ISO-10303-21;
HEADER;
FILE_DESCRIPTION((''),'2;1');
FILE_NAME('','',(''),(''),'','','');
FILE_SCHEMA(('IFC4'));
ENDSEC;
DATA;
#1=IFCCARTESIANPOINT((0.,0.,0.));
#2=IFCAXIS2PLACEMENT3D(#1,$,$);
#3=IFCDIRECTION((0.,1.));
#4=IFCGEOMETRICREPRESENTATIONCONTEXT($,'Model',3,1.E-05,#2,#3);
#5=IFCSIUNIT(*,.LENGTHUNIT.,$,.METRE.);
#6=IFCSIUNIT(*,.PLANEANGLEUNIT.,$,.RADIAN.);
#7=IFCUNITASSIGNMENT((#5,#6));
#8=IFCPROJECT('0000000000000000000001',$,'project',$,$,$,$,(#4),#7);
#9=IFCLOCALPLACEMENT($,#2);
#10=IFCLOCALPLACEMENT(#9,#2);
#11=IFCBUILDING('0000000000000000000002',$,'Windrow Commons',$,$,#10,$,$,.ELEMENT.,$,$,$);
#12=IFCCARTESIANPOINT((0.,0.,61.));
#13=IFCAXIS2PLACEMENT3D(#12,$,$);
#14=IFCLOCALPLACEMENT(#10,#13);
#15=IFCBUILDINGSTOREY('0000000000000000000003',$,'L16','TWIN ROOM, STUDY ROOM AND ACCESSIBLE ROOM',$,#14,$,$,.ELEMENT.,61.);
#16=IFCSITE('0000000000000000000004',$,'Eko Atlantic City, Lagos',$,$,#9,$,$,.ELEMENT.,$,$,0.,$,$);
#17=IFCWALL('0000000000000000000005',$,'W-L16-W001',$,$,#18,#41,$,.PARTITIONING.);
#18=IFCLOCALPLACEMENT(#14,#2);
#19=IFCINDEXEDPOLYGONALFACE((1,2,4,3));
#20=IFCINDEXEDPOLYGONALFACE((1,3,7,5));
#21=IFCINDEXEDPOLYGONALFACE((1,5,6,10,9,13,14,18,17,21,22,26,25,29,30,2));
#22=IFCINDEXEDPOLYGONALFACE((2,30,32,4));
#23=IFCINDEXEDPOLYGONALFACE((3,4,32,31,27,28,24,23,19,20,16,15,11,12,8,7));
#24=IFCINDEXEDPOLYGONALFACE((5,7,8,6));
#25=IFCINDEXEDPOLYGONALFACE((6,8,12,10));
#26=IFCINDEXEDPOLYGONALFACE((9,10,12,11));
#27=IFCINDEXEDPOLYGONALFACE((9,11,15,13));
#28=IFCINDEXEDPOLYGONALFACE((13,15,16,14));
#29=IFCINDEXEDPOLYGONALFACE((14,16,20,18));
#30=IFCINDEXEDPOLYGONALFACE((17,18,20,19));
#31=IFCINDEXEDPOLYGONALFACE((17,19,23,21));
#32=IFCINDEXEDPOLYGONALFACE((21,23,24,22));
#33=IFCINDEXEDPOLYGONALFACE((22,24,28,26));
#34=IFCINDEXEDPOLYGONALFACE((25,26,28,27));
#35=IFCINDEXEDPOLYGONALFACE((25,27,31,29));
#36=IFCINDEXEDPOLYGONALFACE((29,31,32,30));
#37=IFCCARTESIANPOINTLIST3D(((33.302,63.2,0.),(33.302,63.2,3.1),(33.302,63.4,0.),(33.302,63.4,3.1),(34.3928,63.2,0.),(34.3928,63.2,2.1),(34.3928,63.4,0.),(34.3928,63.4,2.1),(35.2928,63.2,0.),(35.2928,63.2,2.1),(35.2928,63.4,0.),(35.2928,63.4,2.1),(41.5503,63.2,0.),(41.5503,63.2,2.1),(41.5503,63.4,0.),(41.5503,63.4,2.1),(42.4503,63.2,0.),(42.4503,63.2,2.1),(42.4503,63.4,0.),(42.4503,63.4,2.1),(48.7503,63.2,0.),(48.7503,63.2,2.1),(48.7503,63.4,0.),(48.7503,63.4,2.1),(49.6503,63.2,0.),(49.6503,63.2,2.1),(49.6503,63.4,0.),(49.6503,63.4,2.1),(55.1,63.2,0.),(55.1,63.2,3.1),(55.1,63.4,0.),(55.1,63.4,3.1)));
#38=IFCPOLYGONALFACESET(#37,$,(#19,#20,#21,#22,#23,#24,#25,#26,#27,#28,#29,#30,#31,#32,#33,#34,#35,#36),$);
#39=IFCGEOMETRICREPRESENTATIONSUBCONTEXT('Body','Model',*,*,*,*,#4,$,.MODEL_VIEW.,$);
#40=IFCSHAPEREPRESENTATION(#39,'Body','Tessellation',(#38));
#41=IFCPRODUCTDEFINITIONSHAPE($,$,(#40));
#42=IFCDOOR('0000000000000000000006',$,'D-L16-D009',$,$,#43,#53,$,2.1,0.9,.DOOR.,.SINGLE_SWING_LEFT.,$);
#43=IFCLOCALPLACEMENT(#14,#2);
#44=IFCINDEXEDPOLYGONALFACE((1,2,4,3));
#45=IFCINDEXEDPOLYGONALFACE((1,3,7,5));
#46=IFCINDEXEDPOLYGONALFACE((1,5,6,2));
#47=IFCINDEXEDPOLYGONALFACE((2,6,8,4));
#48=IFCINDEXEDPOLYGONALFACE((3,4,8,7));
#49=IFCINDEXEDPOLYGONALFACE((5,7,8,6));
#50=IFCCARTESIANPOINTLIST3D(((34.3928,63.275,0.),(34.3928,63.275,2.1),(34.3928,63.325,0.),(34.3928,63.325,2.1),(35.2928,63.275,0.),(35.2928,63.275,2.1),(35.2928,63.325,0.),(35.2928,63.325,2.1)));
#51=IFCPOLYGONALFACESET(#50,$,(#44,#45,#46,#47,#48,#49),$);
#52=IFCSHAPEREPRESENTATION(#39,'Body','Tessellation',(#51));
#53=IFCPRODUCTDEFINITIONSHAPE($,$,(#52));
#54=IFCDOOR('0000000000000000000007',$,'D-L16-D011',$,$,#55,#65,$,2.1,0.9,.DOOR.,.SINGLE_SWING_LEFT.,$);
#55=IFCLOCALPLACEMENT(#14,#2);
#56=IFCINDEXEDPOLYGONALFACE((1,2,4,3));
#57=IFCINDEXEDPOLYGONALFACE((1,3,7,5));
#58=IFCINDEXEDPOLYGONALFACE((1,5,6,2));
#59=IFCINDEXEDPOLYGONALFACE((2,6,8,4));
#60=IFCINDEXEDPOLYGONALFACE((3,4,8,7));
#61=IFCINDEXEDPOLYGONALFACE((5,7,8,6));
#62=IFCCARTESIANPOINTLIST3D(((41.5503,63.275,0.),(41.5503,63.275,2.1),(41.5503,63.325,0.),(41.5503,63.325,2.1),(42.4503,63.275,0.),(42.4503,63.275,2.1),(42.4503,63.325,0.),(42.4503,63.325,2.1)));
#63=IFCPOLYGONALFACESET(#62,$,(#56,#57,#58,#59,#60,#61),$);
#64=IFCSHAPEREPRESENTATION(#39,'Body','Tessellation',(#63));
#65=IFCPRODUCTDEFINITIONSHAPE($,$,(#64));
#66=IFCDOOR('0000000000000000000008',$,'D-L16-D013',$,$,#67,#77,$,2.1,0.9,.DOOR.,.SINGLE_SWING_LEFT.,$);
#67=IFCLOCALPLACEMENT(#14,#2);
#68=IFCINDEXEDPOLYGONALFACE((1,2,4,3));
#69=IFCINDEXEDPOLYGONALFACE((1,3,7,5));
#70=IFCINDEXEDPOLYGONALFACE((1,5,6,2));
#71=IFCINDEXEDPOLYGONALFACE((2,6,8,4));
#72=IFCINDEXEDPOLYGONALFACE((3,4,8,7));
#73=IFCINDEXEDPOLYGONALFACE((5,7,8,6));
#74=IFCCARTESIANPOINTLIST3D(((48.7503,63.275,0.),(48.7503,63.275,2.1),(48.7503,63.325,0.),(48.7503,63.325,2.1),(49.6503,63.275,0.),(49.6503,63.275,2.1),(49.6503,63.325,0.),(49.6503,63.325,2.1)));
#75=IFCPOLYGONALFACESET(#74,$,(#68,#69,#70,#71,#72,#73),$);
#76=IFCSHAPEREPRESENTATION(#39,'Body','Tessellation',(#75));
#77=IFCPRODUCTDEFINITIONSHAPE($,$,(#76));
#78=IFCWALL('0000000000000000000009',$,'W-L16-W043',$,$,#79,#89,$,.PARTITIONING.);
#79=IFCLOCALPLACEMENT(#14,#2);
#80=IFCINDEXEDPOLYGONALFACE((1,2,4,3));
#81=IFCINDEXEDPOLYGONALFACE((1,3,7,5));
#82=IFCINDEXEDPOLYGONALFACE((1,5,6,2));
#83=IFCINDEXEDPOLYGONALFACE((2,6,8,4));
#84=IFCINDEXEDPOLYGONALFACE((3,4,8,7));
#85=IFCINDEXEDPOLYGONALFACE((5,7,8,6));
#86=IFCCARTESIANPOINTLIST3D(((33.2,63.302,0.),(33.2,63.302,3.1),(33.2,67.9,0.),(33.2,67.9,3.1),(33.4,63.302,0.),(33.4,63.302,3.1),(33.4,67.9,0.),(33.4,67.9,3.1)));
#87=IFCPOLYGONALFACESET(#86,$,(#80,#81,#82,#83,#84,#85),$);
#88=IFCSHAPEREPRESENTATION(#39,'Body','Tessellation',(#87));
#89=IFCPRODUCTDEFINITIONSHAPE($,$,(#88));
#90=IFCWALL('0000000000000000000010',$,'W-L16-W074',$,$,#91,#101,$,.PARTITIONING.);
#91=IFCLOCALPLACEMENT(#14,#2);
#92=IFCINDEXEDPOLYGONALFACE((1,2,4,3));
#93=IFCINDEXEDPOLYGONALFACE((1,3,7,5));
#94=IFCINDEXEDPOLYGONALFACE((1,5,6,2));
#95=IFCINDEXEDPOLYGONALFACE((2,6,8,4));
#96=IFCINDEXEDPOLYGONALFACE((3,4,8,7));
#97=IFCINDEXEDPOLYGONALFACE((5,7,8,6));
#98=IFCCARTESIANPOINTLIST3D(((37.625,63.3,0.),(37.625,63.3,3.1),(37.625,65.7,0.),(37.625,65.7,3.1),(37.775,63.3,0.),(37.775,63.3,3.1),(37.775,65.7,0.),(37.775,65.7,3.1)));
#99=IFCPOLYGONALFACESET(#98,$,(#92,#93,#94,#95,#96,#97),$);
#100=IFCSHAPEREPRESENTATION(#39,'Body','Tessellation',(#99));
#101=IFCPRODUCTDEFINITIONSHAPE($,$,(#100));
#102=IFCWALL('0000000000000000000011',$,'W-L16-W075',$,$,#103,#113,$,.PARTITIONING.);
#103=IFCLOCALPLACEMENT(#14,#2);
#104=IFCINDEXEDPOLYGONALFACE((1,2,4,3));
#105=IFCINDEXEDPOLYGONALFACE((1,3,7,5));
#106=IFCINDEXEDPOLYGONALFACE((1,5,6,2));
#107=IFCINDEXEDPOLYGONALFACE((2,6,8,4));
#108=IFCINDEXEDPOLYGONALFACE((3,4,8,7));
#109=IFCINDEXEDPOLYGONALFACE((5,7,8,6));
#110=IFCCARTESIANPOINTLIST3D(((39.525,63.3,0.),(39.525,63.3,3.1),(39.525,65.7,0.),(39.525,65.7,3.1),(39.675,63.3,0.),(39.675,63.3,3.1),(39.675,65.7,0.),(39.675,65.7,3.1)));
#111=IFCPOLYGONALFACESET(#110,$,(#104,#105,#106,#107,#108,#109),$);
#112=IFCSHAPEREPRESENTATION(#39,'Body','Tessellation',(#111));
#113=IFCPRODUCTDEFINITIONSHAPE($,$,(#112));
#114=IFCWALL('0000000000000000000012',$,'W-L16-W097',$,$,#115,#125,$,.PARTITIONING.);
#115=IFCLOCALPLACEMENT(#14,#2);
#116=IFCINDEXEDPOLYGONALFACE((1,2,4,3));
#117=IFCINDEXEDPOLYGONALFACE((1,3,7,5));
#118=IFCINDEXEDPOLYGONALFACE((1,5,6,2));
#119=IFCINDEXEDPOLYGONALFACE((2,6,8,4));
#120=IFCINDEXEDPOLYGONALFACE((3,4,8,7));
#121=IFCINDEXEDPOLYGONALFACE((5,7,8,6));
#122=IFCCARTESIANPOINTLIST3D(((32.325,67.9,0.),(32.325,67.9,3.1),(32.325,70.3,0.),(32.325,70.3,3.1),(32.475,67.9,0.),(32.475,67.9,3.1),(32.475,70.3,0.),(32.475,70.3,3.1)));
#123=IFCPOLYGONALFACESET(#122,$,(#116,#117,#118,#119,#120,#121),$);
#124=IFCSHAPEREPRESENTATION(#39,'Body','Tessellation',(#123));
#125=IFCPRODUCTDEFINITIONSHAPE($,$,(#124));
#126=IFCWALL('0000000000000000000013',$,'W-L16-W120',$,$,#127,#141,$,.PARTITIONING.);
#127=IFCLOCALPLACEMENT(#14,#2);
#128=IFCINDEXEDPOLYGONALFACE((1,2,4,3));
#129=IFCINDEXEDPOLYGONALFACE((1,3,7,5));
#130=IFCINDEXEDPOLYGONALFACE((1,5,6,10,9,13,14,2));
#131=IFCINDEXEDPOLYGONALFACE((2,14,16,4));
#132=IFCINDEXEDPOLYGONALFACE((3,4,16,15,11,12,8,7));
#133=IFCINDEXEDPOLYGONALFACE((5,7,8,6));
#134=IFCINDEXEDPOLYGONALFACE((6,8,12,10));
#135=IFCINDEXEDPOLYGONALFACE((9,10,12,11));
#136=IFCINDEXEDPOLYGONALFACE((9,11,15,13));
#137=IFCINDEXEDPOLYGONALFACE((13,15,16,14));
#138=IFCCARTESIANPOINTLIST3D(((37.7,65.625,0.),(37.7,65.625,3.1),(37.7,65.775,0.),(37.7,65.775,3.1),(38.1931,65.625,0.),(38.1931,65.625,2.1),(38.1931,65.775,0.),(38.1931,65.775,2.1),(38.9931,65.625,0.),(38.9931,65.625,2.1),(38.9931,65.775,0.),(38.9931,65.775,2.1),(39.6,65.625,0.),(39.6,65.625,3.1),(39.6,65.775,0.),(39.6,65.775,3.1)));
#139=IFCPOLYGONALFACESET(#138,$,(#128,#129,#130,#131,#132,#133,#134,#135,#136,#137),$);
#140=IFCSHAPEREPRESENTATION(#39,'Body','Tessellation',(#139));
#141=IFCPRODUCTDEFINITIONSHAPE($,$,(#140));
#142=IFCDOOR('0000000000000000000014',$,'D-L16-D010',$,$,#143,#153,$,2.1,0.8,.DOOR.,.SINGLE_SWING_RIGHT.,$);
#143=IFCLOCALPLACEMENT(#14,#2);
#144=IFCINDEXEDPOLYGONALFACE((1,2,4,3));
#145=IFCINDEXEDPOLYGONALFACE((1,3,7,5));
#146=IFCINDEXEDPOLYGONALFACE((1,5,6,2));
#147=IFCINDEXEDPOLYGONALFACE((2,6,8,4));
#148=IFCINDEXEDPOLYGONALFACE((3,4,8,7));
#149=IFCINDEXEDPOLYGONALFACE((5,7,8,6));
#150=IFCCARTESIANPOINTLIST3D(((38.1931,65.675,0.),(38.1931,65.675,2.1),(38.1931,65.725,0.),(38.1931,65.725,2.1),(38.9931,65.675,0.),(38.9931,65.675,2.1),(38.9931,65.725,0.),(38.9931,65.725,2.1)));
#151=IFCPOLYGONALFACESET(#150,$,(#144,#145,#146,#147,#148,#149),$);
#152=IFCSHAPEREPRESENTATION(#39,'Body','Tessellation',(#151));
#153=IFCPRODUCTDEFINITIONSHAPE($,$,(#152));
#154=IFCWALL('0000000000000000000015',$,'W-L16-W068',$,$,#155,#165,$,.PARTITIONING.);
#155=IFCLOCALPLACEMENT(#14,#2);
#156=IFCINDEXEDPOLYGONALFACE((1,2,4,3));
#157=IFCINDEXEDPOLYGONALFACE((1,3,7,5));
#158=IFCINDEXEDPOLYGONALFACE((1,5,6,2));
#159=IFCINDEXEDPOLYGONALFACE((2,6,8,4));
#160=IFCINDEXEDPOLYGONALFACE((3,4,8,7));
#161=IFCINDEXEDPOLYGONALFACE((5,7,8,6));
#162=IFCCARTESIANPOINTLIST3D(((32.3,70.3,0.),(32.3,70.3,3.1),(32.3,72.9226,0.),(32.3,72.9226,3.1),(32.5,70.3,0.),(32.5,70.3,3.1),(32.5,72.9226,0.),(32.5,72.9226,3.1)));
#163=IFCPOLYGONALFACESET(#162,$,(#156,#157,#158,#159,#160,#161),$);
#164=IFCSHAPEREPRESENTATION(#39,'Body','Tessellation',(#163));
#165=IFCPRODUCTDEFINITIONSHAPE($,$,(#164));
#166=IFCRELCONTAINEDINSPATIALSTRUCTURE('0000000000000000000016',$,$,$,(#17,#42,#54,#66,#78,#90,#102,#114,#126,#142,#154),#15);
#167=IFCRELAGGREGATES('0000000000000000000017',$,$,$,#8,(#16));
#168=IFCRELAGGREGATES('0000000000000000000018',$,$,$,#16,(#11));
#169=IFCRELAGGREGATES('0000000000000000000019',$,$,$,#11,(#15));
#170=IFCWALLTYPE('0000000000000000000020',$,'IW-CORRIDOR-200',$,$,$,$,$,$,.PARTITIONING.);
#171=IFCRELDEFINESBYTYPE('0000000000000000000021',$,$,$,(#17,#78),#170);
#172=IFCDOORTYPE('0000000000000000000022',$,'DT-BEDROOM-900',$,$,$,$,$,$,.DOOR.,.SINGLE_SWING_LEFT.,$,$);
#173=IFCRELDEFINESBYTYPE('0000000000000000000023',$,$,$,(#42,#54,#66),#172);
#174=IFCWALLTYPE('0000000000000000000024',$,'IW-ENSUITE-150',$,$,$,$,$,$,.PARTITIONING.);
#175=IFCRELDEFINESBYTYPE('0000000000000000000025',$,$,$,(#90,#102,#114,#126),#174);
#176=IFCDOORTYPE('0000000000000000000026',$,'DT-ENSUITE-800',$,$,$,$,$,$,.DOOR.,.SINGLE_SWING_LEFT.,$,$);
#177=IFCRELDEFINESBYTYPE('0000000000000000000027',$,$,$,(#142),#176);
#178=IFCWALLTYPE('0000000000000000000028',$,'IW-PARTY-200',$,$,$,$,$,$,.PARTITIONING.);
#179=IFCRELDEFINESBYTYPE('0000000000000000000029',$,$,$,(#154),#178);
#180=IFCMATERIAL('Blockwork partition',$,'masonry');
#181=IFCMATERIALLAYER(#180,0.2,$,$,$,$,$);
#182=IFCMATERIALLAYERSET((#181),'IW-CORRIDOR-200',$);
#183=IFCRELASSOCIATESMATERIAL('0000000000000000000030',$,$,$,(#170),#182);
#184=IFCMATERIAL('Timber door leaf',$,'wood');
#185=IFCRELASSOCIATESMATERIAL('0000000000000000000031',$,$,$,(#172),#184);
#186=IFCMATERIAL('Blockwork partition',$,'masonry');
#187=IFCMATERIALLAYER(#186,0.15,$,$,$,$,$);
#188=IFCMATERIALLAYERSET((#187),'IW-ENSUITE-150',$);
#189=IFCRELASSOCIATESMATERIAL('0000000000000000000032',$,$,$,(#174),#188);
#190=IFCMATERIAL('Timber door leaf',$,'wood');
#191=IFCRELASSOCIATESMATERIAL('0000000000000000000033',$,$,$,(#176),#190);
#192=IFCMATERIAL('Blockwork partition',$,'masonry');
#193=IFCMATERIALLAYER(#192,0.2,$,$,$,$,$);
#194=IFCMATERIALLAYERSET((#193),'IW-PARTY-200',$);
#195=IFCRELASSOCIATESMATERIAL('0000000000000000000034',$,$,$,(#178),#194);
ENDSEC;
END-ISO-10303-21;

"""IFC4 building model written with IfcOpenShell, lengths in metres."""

from ifc_helpers import new_model, si_unit, direction, frame, frame_2d, origin, place, context, subcontext, project, spatial, rectangle, extrude, material, layer, layer_set, type_object, element, fill, save


model = new_model("IFC4")

# Units and contexts
model_context = context("Model", 3, precision=1e-05, world=origin(), true_north=direction((0.0, 1.0)))
body_context = subcontext(model_context, "Body", "Model", "MODEL_VIEW")
ifc_project = project(units=[si_unit("LENGTHUNIT", "METRE"), si_unit("PLANEANGLEUNIT", "RADIAN")], contexts=[model_context])

# Site, building, storey
site_placement = place(None, origin())
site = spatial("IfcSite", under=ifc_project, at=site_placement, Name="Eko Atlantic City, Lagos", CompositionType="ELEMENT", RefElevation=0.0)
building_placement = place(site_placement, origin())
building = spatial("IfcBuilding", under=site, at=building_placement, Name="Windrow Commons", CompositionType="ELEMENT")
storey_placement = place(building_placement, frame((0.0, 0.0, 61.0)))
storey = spatial("IfcBuildingStorey", under=building, at=storey_placement, Name="L16", Description="TWIN ROOM, STUDY ROOM AND ACCESSIBLE ROOM", CompositionType="ELEMENT", Elevation=61.0)

# Wall, openings, doors
ifc_material_1 = material(Name="Blockwork partition", Category="masonry")
ifc_layer_1 = layer(ifc_material_1, 0.2)
ifc_layer_set_1 = layer_set([ifc_layer_1], Name="IW-CORRIDOR-200")
wall_type_1 = type_object("IfcWallType", Name="IW-CORRIDOR-200", PredefinedType="PARTITIONING", material=ifc_layer_set_1)
wall_1_placement = place(storey_placement, frame((33.302, 63.3, 0.0), z_axis=(0.0, 0.0, 1.0), x_axis=(1.0, 0.0, 0.0)))
wall_1 = element("IfcWall", 1, at=wall_1_placement, inside=storey, type_object=wall_type_1, Name="W-L16-W001", PredefinedType="PARTITIONING", context=body_context, shape_type="SweptSolid", body=[
    extrude(rectangle(XDim=21.798, YDim=0.2, at=frame_2d((10.899, 0.0))), origin(), (0.0, 0.0, 1.0), 3.1),
])
opening_1_placement = place(wall_1_placement, frame((1.0908, 0.0, 0.0)))
opening_1 = element("IfcOpeningElement", 2, at=opening_1_placement, cuts=wall_1, PredefinedType="OPENING", context=body_context, shape_type="SweptSolid", body=[
    extrude(rectangle(XDim=0.9, YDim=2.1, at=frame_2d((0.45, 1.05))), frame((0.0, 0.11, 0.0), z_axis=(0.0, -1.0, 0.0), x_axis=(1.0, 0.0, 0.0)), (0.0, 0.0, 1.0), 0.22),
])
opening_2_placement = place(wall_1_placement, frame((8.2483, 0.0, 0.0)))
opening_2 = element("IfcOpeningElement", 3, at=opening_2_placement, cuts=wall_1, PredefinedType="OPENING", context=body_context, shape_type="SweptSolid", body=[
    extrude(rectangle(XDim=0.9, YDim=2.1, at=frame_2d((0.45, 1.05))), frame((0.0, 0.11, 0.0), z_axis=(0.0, -1.0, 0.0), x_axis=(1.0, 0.0, 0.0)), (0.0, 0.0, 1.0), 0.22),
])
opening_3_placement = place(wall_1_placement, frame((15.4483, 0.0, 0.0)))
opening_3 = element("IfcOpeningElement", 4, at=opening_3_placement, cuts=wall_1, PredefinedType="OPENING", context=body_context, shape_type="SweptSolid", body=[
    extrude(rectangle(XDim=0.9, YDim=2.1, at=frame_2d((0.45, 1.05))), frame((0.0, 0.11, 0.0), z_axis=(0.0, -1.0, 0.0), x_axis=(1.0, 0.0, 0.0)), (0.0, 0.0, 1.0), 0.22),
])
ifc_material_2 = material(Name="Timber door leaf", Category="wood")
door_type_1 = type_object("IfcDoorType", Name="DT-BEDROOM-900", OperationType="SINGLE_SWING_LEFT", PredefinedType="DOOR", material=ifc_material_2)
door_1_placement = place(opening_1_placement, origin())
door_1 = element("IfcDoor", 5, at=door_1_placement, inside=storey, type_object=door_type_1, Name="D-L16-D009", OperationType="SINGLE_SWING_LEFT", OverallHeight=2.1, OverallWidth=0.9, PredefinedType="DOOR", context=body_context, shape_type="SweptSolid", body=[
    extrude(rectangle(XDim=0.9, YDim=2.1, at=frame_2d((0.45, 1.05))), frame((0.0, 0.025, 0.0), z_axis=(0.0, -1.0, 0.0), x_axis=(1.0, 0.0, 0.0)), (0.0, 0.0, 1.0), 0.05),
])
fill(opening_1, door_1)
door_2_placement = place(opening_2_placement, origin())
door_2 = element("IfcDoor", 6, at=door_2_placement, inside=storey, type_object=door_type_1, Name="D-L16-D011", OperationType="SINGLE_SWING_LEFT", OverallHeight=2.1, OverallWidth=0.9, PredefinedType="DOOR", context=body_context, shape_type="SweptSolid", body=[
    extrude(rectangle(XDim=0.9, YDim=2.1, at=frame_2d((0.45, 1.05))), frame((0.0, 0.025, 0.0), z_axis=(0.0, -1.0, 0.0), x_axis=(1.0, 0.0, 0.0)), (0.0, 0.0, 1.0), 0.05),
])
fill(opening_2, door_2)
door_3_placement = place(opening_3_placement, origin())
door_3 = element("IfcDoor", 7, at=door_3_placement, inside=storey, type_object=door_type_1, Name="D-L16-D013", OperationType="SINGLE_SWING_LEFT", OverallHeight=2.1, OverallWidth=0.9, PredefinedType="DOOR", context=body_context, shape_type="SweptSolid", body=[
    extrude(rectangle(XDim=0.9, YDim=2.1, at=frame_2d((0.45, 1.05))), frame((0.0, 0.025, 0.0), z_axis=(0.0, -1.0, 0.0), x_axis=(1.0, 0.0, 0.0)), (0.0, 0.0, 1.0), 0.05),
])
fill(opening_3, door_3)

# Walls
wall_2_placement = place(storey_placement, frame((33.3, 63.302, 0.0), z_axis=(0.0, 0.0, 1.0), x_axis=(0.0, 1.0, 0.0)))
element("IfcWall", 8, at=wall_2_placement, inside=storey, type_object=wall_type_1, Name="W-L16-W043", PredefinedType="PARTITIONING", context=body_context, shape_type="SweptSolid", body=[
    extrude(rectangle(XDim=4.598, YDim=0.2, at=frame_2d((2.299, 0.0))), origin(), (0.0, 0.0, 1.0), 3.1),
])
ifc_material_3 = material(Name="Blockwork partition", Category="masonry")
ifc_layer_2 = layer(ifc_material_3, 0.15)
ifc_layer_set_2 = layer_set([ifc_layer_2], Name="IW-ENSUITE-150")
wall_type_2 = type_object("IfcWallType", Name="IW-ENSUITE-150", PredefinedType="PARTITIONING", material=ifc_layer_set_2)
for number, where, z_axis, x_axis, name in (
    (9, (37.7, 63.3, 0.0), (0.0, 0.0, 1.0), (0.0, 1.0, 0.0), "W-L16-W074"),
    (10, (39.6, 63.3, 0.0), (0.0, 0.0, 1.0), (0.0, 1.0, 0.0), "W-L16-W075"),
    (11, (32.4, 67.9, 0.0), (0.0, 0.0, 1.0), (0.0, 1.0, 0.0), "W-L16-W097"),
):
    element("IfcWall", number, at=place(storey_placement, frame(where, z_axis=z_axis, x_axis=x_axis)), inside=storey, type_object=wall_type_2, Name=name, PredefinedType="PARTITIONING", context=body_context, shape_type="SweptSolid", body=[
        extrude(rectangle(XDim=2.4, YDim=0.15, at=frame_2d((1.2, 0.0))), origin(), (0.0, 0.0, 1.0), 3.1),
    ])

# Wall, opening, door
wall_3_placement = place(storey_placement, frame((37.7, 65.7, 0.0), z_axis=(0.0, 0.0, 1.0), x_axis=(1.0, 0.0, 0.0)))
wall_3 = element("IfcWall", 12, at=wall_3_placement, inside=storey, type_object=wall_type_2, Name="W-L16-W120", PredefinedType="PARTITIONING", context=body_context, shape_type="SweptSolid", body=[
    extrude(rectangle(XDim=1.9, YDim=0.15, at=frame_2d((0.95, 0.0))), origin(), (0.0, 0.0, 1.0), 3.1),
])
opening_4_placement = place(wall_3_placement, frame((0.4931, 0.0, 0.0)))
opening_4 = element("IfcOpeningElement", 13, at=opening_4_placement, cuts=wall_3, PredefinedType="OPENING", context=body_context, shape_type="SweptSolid", body=[
    extrude(rectangle(XDim=0.8, YDim=2.1, at=frame_2d((0.4, 1.05))), frame((0.0, 0.085, 0.0), z_axis=(0.0, -1.0, 0.0), x_axis=(1.0, 0.0, 0.0)), (0.0, 0.0, 1.0), 0.17),
])
ifc_material_4 = material(Name="Timber door leaf", Category="wood")
door_type_2 = type_object("IfcDoorType", Name="DT-ENSUITE-800", OperationType="SINGLE_SWING_LEFT", PredefinedType="DOOR", material=ifc_material_4)
door_4_placement = place(opening_4_placement, origin())
door_4 = element("IfcDoor", 14, at=door_4_placement, inside=storey, type_object=door_type_2, Name="D-L16-D010", OperationType="SINGLE_SWING_RIGHT", OverallHeight=2.1, OverallWidth=0.8, PredefinedType="DOOR", context=body_context, shape_type="SweptSolid", body=[
    extrude(rectangle(XDim=0.8, YDim=2.1, at=frame_2d((0.4, 1.05))), frame((0.0, 0.025, 0.0), z_axis=(0.0, -1.0, 0.0), x_axis=(1.0, 0.0, 0.0)), (0.0, 0.0, 1.0), 0.05),
])
fill(opening_4, door_4)

# Wall
ifc_material_5 = material(Name="Blockwork partition", Category="masonry")
ifc_layer_3 = layer(ifc_material_5, 0.2)
ifc_layer_set_3 = layer_set([ifc_layer_3], Name="IW-PARTY-200")
wall_type_3 = type_object("IfcWallType", Name="IW-PARTY-200", PredefinedType="PARTITIONING", material=ifc_layer_set_3)
wall_4_placement = place(storey_placement, frame((32.4, 70.3, 0.0), z_axis=(0.0, 0.0, 1.0), x_axis=(0.0, 1.0, 0.0)))
element("IfcWall", 15, at=wall_4_placement, inside=storey, type_object=wall_type_3, Name="W-L16-W068", PredefinedType="PARTITIONING", context=body_context, shape_type="SweptSolid", body=[
    extrude(rectangle(XDim=2.6225, YDim=0.2, at=frame_2d((1.3113, 0.0))), origin(), (0.0, 0.0, 1.0), 3.1),
])

save(model, "model.ifc")
